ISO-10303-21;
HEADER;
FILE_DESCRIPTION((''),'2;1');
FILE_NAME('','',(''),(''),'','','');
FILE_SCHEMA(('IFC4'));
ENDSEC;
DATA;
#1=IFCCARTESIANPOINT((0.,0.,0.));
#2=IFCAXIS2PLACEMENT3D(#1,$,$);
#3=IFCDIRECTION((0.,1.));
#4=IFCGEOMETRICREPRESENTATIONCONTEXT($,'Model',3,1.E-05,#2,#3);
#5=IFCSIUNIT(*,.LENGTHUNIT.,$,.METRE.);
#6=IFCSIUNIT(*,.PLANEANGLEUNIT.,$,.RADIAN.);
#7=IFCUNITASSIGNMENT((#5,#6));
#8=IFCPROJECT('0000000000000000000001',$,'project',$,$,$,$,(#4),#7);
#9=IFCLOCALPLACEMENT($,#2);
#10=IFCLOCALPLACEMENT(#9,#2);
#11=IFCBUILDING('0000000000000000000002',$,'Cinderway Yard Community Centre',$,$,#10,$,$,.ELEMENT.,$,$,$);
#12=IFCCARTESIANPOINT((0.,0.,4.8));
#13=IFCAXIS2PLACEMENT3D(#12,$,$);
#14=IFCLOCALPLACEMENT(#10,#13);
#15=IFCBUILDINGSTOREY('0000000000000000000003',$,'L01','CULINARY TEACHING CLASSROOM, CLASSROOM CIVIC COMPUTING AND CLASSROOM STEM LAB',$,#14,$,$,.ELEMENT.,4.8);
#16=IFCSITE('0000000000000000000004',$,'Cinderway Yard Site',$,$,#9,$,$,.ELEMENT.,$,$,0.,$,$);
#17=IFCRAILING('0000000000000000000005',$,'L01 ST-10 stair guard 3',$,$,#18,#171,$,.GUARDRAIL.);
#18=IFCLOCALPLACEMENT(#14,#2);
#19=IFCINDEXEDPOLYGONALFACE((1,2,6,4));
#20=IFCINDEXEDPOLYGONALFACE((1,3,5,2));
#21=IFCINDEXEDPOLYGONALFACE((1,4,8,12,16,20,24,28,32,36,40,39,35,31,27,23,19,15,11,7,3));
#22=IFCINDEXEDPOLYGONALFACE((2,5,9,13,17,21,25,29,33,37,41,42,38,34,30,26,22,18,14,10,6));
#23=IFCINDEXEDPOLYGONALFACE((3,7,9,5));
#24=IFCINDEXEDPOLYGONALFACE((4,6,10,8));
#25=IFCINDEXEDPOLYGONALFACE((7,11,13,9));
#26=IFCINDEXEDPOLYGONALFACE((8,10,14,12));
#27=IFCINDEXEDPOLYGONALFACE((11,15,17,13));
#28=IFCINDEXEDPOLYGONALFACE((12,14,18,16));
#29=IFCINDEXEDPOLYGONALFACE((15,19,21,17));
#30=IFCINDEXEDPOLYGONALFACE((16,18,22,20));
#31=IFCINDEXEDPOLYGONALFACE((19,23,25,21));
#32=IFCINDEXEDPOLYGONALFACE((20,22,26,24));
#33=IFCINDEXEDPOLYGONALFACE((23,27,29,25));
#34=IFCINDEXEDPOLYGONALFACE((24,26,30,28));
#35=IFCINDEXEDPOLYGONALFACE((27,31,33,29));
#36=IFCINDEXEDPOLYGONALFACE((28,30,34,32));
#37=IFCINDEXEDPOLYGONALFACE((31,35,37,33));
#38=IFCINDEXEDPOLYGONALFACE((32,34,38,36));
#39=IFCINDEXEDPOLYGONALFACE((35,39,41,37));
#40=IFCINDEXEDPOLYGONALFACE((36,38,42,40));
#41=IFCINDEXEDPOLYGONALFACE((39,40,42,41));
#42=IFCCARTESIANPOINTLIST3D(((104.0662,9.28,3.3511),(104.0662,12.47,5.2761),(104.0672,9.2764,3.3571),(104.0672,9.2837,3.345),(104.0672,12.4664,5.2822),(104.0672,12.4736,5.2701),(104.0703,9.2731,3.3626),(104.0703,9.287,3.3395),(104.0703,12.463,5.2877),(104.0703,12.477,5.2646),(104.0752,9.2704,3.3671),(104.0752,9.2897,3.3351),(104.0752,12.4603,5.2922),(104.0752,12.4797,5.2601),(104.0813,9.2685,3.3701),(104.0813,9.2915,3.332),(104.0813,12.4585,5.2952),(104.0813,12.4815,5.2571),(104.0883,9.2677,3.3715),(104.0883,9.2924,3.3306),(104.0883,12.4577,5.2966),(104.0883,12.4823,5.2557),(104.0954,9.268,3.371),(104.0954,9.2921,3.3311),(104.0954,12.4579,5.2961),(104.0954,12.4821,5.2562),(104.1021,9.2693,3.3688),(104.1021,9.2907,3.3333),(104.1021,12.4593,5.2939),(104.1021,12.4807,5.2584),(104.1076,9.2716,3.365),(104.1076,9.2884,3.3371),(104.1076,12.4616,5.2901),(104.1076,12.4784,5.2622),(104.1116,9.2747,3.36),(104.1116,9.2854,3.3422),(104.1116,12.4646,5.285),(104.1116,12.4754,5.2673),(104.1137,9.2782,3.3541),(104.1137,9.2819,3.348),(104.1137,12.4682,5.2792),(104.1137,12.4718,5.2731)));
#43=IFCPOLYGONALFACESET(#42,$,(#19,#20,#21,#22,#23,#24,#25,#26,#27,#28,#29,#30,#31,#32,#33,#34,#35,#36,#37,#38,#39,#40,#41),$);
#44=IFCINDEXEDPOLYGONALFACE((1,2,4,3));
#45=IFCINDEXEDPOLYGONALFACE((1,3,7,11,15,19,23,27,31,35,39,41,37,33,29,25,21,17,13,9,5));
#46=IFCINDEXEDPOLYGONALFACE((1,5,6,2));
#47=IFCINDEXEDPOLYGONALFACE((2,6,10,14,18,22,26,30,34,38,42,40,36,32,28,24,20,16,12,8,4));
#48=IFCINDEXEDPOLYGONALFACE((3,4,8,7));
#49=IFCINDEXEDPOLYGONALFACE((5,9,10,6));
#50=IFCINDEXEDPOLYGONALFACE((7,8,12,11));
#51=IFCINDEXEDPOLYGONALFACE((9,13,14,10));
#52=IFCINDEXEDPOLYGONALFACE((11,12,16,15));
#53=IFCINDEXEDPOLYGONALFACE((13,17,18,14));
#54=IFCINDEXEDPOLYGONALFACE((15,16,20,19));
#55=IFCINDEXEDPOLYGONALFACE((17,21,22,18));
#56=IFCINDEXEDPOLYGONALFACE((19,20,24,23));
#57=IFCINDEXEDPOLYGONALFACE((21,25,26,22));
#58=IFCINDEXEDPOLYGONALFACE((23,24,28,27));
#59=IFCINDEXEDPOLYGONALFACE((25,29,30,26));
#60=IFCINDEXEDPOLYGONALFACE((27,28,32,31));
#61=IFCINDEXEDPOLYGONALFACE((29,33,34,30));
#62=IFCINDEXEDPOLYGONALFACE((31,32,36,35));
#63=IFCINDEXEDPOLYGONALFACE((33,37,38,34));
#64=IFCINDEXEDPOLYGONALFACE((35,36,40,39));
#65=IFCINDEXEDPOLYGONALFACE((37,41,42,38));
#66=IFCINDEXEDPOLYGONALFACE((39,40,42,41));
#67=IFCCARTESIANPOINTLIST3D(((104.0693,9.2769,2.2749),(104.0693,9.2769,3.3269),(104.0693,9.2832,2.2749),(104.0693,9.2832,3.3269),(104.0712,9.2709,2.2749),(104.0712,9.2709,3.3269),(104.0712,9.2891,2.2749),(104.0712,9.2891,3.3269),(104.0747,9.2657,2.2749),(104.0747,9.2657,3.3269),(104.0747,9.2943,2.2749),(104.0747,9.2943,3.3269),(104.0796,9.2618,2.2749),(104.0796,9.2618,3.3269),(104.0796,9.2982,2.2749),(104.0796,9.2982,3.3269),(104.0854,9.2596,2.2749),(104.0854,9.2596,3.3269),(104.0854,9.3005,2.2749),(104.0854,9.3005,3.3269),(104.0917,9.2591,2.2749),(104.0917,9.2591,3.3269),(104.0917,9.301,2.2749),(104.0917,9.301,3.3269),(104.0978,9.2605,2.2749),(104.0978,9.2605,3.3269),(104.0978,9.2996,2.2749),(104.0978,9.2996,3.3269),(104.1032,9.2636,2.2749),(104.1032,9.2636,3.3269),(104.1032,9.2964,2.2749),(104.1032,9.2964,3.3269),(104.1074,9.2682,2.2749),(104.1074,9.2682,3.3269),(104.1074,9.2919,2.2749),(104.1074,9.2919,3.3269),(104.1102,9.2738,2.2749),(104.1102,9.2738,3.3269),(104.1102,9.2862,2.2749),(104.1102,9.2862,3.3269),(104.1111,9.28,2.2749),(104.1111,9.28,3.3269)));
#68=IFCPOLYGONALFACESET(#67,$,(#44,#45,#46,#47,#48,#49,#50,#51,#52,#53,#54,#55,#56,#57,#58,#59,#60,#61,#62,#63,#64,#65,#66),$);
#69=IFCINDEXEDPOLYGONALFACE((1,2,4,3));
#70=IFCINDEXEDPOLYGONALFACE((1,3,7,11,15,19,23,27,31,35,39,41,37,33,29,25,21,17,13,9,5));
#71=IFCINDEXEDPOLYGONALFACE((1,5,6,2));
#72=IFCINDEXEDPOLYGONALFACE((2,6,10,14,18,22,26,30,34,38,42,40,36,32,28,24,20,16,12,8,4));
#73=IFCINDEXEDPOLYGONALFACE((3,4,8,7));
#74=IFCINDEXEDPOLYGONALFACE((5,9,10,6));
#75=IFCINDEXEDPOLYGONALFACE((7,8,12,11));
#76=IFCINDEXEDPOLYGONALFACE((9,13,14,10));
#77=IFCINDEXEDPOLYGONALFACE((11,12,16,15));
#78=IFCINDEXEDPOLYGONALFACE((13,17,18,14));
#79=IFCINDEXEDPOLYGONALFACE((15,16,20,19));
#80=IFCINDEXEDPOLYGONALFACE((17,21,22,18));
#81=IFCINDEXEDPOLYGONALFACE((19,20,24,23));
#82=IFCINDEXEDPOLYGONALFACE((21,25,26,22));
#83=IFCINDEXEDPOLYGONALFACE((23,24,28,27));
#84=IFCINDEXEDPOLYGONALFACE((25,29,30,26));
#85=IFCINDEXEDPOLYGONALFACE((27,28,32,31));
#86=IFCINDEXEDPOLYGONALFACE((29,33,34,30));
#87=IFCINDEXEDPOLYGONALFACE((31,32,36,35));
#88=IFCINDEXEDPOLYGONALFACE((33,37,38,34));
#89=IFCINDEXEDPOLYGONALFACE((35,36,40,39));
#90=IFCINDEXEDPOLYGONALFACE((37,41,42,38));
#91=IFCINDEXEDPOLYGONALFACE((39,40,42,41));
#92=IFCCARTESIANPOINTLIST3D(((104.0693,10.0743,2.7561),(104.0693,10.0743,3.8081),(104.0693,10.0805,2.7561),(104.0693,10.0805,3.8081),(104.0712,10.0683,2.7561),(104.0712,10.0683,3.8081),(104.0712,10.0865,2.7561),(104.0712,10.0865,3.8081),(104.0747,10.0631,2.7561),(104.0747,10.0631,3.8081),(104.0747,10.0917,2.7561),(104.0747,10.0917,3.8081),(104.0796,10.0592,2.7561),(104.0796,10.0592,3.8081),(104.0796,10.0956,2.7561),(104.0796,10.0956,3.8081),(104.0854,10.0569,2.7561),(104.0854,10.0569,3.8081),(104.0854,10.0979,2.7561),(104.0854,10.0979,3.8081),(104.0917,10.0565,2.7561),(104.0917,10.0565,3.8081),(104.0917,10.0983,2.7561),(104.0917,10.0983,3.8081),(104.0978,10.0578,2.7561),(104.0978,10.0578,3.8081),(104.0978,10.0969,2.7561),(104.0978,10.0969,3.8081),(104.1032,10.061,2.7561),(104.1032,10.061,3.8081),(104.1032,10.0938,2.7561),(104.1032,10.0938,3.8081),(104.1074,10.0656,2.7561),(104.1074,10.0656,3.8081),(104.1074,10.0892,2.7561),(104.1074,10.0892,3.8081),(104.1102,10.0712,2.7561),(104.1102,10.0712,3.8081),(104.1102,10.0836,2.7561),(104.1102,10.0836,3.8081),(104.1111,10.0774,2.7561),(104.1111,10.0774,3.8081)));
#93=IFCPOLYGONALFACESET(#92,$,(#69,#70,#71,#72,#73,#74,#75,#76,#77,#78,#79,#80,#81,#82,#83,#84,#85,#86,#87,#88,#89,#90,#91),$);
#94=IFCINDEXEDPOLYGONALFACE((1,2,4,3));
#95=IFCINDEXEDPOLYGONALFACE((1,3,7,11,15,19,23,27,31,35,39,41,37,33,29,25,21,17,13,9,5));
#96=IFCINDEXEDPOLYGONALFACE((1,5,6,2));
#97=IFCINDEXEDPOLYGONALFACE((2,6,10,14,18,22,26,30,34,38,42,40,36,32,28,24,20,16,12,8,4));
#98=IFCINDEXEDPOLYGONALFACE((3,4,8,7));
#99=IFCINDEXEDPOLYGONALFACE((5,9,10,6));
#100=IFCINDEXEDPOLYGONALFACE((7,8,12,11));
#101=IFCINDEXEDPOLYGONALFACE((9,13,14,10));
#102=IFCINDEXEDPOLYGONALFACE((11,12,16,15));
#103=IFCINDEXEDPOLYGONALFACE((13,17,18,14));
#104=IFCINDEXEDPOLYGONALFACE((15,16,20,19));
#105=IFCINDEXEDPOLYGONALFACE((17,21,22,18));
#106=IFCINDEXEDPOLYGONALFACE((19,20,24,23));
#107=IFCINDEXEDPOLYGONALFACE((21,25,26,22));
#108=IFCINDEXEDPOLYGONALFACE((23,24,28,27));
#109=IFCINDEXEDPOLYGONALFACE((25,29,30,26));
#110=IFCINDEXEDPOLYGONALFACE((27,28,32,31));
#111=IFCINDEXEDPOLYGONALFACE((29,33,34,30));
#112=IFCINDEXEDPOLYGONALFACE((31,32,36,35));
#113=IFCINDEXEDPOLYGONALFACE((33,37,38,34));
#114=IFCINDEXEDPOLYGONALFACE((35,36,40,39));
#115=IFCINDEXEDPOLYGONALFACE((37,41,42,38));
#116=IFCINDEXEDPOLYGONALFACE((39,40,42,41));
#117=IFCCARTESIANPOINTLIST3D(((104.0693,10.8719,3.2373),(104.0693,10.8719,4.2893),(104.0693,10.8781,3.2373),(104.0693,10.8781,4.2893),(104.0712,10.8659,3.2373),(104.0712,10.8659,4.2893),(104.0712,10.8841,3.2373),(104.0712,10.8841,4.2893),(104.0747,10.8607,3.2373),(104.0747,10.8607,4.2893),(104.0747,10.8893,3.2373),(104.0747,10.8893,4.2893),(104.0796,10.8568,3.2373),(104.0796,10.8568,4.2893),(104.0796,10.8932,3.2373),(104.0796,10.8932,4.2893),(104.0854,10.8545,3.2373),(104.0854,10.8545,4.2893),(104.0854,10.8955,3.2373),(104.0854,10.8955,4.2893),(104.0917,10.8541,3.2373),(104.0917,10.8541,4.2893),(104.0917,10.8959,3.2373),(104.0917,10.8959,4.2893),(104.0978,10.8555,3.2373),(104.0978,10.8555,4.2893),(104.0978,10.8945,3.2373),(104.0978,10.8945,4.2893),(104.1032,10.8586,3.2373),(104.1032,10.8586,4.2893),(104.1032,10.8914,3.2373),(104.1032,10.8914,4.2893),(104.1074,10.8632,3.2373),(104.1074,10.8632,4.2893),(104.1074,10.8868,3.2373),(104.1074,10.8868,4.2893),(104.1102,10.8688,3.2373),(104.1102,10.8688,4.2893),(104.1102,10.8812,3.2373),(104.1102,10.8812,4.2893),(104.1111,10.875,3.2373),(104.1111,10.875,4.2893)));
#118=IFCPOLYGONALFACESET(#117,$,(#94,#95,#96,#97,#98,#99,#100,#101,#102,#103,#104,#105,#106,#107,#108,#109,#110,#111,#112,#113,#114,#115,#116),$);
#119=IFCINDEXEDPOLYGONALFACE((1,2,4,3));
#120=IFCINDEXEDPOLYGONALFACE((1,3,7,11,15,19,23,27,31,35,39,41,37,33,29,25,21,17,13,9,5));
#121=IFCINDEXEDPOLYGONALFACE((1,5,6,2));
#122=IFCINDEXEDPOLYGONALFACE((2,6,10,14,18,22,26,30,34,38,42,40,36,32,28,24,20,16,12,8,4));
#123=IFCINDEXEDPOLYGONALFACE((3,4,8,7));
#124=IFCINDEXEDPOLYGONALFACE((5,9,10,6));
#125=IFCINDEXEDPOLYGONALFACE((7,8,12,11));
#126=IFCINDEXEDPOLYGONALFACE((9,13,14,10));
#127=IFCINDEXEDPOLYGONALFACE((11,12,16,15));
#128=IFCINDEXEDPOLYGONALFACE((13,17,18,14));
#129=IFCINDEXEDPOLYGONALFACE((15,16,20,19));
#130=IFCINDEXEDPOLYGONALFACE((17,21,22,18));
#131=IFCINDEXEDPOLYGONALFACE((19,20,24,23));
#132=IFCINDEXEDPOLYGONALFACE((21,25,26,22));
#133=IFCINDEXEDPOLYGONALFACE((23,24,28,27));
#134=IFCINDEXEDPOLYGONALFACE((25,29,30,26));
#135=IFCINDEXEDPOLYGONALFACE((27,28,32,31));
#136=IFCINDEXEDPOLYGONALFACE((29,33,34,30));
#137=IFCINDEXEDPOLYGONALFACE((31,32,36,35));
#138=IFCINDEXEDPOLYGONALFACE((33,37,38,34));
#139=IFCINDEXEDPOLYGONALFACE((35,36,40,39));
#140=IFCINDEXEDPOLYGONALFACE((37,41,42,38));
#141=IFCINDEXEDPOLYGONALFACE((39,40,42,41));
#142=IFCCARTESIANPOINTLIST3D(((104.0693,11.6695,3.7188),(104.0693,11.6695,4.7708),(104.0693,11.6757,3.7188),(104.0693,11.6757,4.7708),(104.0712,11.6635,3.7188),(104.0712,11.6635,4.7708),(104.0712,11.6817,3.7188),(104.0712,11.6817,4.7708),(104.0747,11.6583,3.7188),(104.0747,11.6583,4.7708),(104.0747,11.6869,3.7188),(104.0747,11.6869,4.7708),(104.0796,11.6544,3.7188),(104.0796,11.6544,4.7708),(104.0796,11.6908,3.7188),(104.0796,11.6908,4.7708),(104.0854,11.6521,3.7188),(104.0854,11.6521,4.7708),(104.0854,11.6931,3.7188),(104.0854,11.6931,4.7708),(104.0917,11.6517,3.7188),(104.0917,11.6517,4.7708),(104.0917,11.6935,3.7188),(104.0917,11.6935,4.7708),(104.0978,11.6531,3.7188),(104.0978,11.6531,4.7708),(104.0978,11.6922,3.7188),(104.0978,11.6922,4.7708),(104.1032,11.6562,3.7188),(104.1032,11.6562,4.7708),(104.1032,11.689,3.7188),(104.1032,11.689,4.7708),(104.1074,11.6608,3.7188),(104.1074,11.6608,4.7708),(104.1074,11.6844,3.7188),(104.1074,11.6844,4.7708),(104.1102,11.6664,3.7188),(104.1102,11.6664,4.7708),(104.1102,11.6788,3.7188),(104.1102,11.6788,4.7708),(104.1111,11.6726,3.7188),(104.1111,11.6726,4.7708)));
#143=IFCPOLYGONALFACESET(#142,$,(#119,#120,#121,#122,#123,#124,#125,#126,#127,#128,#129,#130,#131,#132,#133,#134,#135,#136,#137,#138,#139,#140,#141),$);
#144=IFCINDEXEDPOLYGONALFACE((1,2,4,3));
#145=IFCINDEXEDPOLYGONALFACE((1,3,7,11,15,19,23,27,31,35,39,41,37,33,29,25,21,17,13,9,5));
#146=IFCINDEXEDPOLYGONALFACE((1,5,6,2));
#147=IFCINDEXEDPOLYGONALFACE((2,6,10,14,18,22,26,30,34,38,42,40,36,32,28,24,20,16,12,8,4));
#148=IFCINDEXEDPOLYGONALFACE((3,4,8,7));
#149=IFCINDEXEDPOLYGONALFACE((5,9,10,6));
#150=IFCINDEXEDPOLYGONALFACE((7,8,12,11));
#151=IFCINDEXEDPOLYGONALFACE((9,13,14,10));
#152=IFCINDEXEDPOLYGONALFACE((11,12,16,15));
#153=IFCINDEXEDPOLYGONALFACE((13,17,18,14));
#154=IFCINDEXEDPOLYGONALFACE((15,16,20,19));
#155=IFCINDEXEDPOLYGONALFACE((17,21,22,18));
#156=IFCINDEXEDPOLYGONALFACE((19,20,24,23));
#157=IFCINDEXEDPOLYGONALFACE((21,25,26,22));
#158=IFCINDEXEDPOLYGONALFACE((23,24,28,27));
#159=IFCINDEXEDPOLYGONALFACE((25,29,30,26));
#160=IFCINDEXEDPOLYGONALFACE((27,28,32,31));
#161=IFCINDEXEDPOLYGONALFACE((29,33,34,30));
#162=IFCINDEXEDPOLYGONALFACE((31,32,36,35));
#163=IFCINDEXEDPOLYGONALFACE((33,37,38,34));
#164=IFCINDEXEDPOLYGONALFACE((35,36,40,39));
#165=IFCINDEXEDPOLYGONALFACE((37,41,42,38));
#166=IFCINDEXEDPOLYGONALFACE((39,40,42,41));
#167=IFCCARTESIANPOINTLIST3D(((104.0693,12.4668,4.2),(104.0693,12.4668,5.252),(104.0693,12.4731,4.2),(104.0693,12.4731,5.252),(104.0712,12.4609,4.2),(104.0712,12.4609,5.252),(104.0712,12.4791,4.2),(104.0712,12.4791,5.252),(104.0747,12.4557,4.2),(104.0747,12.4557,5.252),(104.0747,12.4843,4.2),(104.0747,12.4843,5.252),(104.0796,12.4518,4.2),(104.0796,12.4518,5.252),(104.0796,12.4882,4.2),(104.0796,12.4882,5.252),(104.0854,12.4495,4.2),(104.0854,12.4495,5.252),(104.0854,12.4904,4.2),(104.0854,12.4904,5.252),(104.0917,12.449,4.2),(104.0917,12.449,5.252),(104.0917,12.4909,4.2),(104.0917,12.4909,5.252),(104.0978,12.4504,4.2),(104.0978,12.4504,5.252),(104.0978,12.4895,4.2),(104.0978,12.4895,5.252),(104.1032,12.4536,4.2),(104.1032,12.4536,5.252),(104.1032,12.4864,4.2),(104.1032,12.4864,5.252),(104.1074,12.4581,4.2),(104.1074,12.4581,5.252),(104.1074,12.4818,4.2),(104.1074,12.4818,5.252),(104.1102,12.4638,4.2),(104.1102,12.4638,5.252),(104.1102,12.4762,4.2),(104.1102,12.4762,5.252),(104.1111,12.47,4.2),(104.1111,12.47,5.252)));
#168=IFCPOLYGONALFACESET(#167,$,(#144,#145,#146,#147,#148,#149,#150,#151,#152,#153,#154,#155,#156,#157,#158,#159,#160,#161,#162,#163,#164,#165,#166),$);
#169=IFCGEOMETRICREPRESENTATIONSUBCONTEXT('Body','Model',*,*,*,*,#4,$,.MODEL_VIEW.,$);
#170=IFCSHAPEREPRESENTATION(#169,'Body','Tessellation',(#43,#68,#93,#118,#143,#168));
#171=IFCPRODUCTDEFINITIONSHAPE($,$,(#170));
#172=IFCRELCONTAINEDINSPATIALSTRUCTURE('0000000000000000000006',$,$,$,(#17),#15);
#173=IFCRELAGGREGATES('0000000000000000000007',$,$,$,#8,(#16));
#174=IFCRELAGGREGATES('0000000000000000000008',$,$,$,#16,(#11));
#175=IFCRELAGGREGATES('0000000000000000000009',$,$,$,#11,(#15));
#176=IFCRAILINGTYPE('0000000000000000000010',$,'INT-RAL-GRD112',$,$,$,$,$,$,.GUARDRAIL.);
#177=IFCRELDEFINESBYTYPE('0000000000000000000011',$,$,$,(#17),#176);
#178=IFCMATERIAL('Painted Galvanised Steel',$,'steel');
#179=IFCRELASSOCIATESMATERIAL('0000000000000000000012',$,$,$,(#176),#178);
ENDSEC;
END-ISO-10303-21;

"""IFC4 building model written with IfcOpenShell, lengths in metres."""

from ifc_helpers import new_model, si_unit, direction, frame, origin, origin_2d, place, context, subcontext, project, spatial, circle, extrude, material, type_object, element, save


model = new_model("IFC4")

# Units and contexts
model_context = context("Model", 3, precision=1e-05, world=origin(), true_north=direction((0.0, 1.0)))
body_context = subcontext(model_context, "Body", "Model", "MODEL_VIEW")
ifc_project = project(units=[si_unit("LENGTHUNIT", "METRE"), si_unit("PLANEANGLEUNIT", "RADIAN")], contexts=[model_context])

# Site, building, storey
site_placement = place(None, origin())
site = spatial("IfcSite", under=ifc_project, at=site_placement, Name="Cinderway Yard Site", CompositionType="ELEMENT", RefElevation=0.0)
building_placement = place(site_placement, origin())
building = spatial("IfcBuilding", under=site, at=building_placement, Name="Cinderway Yard Community Centre", CompositionType="ELEMENT")
storey_placement = place(building_placement, frame((0.0, 0.0, 4.8)))
storey = spatial("IfcBuildingStorey", under=building, at=storey_placement, Name="L01", Description="CULINARY TEACHING CLASSROOM, CLASSROOM CIVIC COMPUTING AND CLASSROOM STEM LAB", CompositionType="ELEMENT", Elevation=4.8)

# Railing
ifc_material_1 = material(Name="Painted Galvanised Steel", Category="steel")
railing_type_1 = type_object("IfcRailingType", Name="INT-RAL-GRD112", PredefinedType="GUARDRAIL", material=ifc_material_1)
railing_1_placement = place(storey_placement, frame((104.0901, 9.28, 2.2749)))
element("IfcRailing", 1, at=railing_1_placement, inside=storey, type_object=railing_type_1, Name="L01 ST-10 stair guard 3", PredefinedType="GUARDRAIL", context=body_context, shape_type="SweptSolid", body=[
    extrude(circle(Radius=0.0239, at=origin_2d()), frame((0.0, 0.0, 1.0762), z_axis=(0.0, 0.856178, 0.516682), x_axis=(-1.0, 0.0, 0.0)), (0.0, 0.0, 1.0), 3.7258),
    extrude(circle(Radius=0.021, at=origin_2d()), origin(), (0.0, 0.0, 1.0), 1.052),
    extrude(circle(Radius=0.021, at=origin_2d()), frame((0.0, 0.7974, 0.4812)), (0.0, 0.0, 1.0), 1.052),
    extrude(circle(Radius=0.021, at=origin_2d()), frame((0.0, 1.595, 0.9624)), (0.0, 0.0, 1.0), 1.052),
    extrude(circle(Radius=0.021, at=origin_2d()), frame((0.0, 2.3926, 1.4438)), (0.0, 0.0, 1.0), 1.052),
    extrude(circle(Radius=0.021, at=origin_2d()), frame((0.0, 3.1899, 1.925)), (0.0, 0.0, 1.0), 1.052),
])

save(model, "model.ifc")
